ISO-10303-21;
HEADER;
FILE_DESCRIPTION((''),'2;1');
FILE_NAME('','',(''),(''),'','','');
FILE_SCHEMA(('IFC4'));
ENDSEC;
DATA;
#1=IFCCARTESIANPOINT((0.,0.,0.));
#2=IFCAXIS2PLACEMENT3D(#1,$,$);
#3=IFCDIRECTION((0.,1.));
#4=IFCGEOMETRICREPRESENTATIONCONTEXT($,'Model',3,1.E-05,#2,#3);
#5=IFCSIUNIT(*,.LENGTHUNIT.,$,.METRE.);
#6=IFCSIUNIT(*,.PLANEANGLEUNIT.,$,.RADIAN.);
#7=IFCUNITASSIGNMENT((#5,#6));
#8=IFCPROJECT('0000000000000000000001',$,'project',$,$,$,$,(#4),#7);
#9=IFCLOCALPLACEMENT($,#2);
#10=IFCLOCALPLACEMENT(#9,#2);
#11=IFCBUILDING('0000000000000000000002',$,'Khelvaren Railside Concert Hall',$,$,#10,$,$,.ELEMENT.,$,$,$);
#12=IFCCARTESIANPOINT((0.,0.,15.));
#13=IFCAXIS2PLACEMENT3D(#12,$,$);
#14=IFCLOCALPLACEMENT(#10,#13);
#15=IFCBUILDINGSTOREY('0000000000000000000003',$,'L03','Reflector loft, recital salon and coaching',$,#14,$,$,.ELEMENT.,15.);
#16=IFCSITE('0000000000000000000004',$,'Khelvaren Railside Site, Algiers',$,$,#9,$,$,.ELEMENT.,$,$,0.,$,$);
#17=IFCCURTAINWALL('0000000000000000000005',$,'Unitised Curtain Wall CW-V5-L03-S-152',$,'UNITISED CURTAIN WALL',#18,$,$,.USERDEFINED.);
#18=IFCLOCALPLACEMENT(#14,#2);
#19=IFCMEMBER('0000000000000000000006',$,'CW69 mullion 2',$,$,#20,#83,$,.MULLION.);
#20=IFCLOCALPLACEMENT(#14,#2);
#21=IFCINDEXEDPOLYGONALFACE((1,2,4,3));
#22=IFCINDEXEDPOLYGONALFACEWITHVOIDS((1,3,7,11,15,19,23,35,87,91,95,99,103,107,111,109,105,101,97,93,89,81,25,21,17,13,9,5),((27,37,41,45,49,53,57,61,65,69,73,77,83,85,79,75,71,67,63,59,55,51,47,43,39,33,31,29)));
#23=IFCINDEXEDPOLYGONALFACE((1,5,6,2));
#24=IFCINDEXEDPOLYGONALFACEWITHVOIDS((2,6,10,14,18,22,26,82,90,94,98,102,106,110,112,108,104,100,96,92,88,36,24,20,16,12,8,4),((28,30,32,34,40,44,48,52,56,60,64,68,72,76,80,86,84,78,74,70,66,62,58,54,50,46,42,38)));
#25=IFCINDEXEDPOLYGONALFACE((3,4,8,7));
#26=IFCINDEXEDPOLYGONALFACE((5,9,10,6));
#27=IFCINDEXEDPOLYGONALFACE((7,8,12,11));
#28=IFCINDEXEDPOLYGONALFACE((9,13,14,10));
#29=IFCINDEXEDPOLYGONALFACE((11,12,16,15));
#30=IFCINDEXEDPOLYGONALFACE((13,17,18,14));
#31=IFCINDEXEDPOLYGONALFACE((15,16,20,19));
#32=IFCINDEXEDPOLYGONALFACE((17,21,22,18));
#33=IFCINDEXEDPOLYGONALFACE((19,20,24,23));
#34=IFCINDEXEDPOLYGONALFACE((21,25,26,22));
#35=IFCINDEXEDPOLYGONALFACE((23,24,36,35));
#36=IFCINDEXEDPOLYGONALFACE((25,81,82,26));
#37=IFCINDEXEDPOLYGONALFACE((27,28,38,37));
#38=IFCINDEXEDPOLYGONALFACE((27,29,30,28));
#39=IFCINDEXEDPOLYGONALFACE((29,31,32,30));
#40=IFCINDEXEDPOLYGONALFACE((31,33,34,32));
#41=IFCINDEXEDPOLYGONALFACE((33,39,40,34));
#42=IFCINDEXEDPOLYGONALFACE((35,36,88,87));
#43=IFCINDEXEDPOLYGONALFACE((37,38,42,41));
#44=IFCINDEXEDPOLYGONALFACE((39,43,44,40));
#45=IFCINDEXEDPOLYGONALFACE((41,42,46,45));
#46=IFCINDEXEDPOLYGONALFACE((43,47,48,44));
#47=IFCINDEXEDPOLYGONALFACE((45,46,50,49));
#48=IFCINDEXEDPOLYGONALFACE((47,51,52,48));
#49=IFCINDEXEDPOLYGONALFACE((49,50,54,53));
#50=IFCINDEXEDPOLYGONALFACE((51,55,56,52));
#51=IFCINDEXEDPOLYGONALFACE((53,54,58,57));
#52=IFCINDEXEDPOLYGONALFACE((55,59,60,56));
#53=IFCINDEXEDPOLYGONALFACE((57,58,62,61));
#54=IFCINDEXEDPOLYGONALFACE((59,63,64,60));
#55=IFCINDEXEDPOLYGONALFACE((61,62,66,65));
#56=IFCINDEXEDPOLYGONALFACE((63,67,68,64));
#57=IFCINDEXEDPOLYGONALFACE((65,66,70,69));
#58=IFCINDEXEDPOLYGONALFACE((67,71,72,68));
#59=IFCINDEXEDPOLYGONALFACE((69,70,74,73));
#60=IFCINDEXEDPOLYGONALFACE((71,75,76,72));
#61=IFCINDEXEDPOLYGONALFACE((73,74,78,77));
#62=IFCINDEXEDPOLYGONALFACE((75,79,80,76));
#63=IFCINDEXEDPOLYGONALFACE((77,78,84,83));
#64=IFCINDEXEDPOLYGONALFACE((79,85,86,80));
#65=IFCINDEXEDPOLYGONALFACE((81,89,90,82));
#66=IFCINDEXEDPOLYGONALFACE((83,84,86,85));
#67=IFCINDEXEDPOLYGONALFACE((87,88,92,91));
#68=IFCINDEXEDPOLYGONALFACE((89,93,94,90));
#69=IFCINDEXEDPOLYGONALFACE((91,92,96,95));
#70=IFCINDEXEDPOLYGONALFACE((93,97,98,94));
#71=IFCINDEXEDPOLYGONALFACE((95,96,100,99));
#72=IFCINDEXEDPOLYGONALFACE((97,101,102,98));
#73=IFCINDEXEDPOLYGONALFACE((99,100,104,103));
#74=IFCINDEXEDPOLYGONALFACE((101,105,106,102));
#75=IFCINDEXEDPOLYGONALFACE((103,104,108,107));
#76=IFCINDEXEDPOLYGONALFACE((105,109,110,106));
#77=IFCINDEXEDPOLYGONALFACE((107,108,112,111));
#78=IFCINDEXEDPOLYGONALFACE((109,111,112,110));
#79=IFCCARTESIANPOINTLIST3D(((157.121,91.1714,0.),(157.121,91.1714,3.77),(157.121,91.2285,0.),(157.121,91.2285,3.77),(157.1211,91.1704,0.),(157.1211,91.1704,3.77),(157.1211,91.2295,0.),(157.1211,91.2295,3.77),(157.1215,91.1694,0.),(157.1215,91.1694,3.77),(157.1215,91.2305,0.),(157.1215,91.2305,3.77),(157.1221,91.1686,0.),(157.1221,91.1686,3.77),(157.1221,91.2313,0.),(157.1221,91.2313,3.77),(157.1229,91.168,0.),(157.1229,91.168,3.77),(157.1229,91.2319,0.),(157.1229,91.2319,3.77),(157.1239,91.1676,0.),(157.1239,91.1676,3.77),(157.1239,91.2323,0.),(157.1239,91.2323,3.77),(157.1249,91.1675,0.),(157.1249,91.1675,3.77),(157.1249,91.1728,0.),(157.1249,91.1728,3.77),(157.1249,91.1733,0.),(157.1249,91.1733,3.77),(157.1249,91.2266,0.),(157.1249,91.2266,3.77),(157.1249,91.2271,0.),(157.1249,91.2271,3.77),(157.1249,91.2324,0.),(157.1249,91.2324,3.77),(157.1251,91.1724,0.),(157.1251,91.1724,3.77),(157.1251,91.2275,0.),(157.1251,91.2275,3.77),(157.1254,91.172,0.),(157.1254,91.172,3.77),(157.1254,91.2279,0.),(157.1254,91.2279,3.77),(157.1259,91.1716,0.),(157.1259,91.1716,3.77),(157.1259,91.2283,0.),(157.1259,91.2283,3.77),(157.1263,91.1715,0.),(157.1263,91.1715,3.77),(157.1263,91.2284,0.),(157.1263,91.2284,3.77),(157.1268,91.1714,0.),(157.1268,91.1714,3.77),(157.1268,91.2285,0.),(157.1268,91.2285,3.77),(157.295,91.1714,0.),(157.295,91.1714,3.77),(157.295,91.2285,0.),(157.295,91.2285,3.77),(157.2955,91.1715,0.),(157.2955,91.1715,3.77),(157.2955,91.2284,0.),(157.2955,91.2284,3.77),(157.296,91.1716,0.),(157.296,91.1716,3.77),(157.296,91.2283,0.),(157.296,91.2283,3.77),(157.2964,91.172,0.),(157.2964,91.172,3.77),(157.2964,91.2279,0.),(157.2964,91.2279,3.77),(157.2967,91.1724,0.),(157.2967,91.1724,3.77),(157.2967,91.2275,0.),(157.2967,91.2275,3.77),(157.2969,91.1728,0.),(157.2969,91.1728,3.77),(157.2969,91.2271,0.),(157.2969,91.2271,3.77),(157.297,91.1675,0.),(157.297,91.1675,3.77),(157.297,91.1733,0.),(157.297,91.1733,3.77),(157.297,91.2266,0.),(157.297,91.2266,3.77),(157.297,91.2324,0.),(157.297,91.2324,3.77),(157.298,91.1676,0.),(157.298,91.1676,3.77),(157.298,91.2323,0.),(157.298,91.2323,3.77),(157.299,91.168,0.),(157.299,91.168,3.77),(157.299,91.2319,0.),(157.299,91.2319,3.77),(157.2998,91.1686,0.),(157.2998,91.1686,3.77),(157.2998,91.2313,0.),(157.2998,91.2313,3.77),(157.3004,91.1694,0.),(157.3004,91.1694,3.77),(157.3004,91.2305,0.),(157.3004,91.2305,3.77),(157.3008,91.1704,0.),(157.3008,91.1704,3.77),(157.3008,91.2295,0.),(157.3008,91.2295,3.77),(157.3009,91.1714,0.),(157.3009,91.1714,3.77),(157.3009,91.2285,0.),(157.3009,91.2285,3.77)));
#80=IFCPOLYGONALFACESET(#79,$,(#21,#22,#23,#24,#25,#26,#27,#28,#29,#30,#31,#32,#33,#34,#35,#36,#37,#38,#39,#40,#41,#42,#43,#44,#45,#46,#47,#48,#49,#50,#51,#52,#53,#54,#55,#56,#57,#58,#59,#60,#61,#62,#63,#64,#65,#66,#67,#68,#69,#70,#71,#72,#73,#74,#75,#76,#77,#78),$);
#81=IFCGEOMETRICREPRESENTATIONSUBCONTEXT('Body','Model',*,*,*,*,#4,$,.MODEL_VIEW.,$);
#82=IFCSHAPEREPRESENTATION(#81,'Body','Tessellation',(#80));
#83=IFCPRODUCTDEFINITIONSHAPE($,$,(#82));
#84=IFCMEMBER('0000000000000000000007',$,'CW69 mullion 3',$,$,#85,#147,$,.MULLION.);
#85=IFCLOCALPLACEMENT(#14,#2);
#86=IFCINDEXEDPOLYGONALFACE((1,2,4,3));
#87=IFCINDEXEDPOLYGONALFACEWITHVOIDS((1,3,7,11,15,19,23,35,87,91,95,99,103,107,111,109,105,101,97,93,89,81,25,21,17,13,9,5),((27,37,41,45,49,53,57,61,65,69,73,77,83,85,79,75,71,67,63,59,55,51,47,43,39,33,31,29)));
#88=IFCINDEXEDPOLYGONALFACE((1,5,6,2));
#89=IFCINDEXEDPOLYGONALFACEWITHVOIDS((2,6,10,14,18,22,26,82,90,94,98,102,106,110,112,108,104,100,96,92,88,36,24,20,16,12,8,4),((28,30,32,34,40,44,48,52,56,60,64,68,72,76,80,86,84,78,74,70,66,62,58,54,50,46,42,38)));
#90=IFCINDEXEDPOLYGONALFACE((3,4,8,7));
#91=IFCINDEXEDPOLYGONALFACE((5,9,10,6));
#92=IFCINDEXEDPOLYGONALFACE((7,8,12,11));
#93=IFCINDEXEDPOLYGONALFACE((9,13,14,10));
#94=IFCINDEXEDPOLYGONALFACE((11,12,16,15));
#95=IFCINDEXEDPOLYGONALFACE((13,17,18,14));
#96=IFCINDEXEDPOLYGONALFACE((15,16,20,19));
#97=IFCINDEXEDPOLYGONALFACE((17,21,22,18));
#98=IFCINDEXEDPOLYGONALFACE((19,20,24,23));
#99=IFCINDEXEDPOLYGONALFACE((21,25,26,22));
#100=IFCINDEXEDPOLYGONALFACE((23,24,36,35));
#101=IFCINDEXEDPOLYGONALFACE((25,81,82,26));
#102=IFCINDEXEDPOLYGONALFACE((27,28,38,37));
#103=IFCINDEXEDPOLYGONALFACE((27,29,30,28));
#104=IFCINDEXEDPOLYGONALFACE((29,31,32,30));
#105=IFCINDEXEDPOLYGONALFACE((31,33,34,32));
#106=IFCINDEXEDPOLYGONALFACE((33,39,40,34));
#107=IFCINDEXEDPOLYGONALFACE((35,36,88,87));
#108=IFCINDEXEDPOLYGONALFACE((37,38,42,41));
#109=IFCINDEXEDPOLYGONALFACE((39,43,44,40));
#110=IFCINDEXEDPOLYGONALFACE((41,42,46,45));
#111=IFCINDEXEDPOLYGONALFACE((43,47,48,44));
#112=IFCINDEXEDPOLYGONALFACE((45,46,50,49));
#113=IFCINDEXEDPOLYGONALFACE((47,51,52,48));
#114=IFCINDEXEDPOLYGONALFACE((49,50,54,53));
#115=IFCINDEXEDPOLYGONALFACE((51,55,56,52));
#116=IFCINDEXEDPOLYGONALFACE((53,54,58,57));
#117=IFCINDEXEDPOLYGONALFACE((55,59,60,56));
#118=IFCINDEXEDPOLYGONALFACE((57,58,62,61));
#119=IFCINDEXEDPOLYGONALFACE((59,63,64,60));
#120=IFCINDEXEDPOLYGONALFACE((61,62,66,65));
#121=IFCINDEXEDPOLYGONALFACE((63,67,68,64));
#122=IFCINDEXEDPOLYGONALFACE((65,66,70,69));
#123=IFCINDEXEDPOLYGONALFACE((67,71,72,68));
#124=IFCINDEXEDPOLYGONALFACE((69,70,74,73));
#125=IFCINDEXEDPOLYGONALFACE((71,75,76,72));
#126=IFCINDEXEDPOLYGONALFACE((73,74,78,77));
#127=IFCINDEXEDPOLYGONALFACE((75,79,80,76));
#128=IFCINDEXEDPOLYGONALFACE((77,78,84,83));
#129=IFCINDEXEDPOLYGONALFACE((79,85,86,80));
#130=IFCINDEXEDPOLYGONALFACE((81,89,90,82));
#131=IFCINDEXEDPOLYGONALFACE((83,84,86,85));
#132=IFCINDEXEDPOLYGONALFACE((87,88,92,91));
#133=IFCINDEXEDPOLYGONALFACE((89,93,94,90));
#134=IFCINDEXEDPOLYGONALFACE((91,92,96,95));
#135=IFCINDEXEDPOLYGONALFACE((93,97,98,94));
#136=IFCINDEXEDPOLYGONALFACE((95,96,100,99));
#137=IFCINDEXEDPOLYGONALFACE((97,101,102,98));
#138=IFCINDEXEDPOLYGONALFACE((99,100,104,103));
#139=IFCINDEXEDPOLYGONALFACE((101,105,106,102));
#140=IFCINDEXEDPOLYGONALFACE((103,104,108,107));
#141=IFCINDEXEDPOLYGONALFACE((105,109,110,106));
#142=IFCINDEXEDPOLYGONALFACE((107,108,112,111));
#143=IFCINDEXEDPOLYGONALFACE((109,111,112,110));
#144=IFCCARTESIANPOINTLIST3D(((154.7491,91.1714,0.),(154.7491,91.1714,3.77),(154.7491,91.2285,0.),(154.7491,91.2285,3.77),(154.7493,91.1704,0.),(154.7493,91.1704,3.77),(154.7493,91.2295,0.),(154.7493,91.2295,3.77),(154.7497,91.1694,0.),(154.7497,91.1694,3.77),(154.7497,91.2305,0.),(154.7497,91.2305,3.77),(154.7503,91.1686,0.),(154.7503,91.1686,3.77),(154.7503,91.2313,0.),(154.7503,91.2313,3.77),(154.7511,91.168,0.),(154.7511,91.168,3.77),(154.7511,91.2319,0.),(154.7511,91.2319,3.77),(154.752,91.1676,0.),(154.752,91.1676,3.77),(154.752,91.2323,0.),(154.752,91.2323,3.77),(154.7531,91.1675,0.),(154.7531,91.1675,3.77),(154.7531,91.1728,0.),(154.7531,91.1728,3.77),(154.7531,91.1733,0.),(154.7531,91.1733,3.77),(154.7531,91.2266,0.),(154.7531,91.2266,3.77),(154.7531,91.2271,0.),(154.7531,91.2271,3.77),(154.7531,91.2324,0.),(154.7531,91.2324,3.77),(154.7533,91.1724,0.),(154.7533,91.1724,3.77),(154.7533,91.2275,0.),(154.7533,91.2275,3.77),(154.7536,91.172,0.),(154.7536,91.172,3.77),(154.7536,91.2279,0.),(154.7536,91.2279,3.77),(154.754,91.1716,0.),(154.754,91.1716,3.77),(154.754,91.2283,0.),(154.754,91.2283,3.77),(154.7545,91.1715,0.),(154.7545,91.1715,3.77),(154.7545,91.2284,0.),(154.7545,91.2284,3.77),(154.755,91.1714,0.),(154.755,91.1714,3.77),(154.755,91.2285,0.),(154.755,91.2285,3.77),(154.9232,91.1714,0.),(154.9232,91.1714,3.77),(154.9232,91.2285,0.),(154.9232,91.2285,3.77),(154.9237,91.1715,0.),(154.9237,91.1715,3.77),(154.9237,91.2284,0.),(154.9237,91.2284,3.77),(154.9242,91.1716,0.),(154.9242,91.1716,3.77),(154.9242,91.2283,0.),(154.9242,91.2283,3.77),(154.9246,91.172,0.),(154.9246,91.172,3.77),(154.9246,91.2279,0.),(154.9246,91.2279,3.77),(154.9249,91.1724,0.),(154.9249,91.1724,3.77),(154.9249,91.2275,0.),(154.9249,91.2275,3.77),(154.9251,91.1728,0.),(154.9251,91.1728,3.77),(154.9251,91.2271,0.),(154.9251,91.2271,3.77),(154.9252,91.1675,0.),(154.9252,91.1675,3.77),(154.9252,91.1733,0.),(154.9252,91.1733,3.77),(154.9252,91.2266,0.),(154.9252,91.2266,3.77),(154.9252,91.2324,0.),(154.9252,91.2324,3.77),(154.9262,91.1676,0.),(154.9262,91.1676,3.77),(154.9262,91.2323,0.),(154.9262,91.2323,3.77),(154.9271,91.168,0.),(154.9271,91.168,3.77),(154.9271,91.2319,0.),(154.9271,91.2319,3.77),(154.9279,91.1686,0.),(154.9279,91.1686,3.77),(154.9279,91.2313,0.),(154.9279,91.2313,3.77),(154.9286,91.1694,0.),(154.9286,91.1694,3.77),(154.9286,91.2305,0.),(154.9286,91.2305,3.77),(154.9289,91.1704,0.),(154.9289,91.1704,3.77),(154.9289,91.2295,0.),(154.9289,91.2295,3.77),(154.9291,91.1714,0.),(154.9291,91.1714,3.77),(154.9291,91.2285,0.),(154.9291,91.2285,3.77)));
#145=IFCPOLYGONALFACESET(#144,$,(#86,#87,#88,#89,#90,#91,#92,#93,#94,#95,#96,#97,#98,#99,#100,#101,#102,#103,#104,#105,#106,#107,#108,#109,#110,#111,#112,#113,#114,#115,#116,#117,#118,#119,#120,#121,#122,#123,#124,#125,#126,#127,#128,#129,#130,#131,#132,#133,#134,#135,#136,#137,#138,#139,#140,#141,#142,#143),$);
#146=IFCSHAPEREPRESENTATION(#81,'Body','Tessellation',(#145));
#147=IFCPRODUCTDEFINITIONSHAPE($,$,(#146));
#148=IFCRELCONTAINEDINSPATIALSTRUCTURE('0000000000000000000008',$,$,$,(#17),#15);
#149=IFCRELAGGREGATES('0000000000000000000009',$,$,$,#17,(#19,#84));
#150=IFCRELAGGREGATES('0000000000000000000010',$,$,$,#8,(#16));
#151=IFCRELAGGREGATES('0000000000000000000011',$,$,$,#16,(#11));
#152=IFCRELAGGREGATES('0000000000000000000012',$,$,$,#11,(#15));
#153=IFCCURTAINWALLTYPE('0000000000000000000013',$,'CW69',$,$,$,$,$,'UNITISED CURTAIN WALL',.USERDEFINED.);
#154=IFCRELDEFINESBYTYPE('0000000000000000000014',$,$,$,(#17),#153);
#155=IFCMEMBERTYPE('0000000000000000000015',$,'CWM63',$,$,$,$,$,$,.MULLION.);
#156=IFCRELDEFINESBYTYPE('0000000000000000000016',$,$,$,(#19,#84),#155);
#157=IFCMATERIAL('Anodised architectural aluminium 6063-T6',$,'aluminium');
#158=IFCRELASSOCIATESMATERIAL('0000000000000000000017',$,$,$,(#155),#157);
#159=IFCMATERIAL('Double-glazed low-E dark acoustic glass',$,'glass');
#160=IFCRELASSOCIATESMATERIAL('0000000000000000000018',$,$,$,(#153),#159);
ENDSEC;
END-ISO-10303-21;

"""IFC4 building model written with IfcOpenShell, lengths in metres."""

from ifc_helpers import new_model, si_unit, direction, frame, origin, origin_2d, place, context, subcontext, project, spatial, hollow_rectangle, extrude, material, material_profile, profile_set, type_object, element, aggregate, save


model = new_model("IFC4")

# Units and contexts
model_context = context("Model", 3, precision=1e-05, world=origin(), true_north=direction((0.0, 1.0)))
body_context = subcontext(model_context, "Body", "Model", "MODEL_VIEW")
ifc_project = project(units=[si_unit("LENGTHUNIT", "METRE"), si_unit("PLANEANGLEUNIT", "RADIAN")], contexts=[model_context])

# Site, building, storey
site_placement = place(None, origin())
site = spatial("IfcSite", under=ifc_project, at=site_placement, Name="Khelvaren Railside Site, Algiers", CompositionType="ELEMENT", RefElevation=0.0)
building_placement = place(site_placement, origin())
building = spatial("IfcBuilding", under=site, at=building_placement, Name="Khelvaren Railside Concert Hall", CompositionType="ELEMENT")
storey_placement = place(building_placement, frame((0.0, 0.0, 15.0)))
storey = spatial("IfcBuildingStorey", under=building, at=storey_placement, Name="L03", Description="Reflector loft, recital salon and coaching", CompositionType="ELEMENT", Elevation=15.0)

# Shared definitions
ifc_material_1 = material(Name="Double-glazed low-E dark acoustic glass", Category="glass")
ifc_material_2 = material(Name="Anodised architectural aluminium 6063-T6", Category="aluminium")
ifc_material_profile_1 = material_profile(ifc_material_2, hollow_rectangle(XDim=0.0649, YDim=0.1799, WallThickness=0.0039, InnerFilletRadius=0.002, OuterFilletRadius=0.0039, at=origin_2d()), Name="CWM 65x180x4")
ifc_profile_set_1 = profile_set([ifc_material_profile_1], Name="Anodised architectural aluminium 6063-T6")
member_type_1 = type_object("IfcMemberType", Name="CWM63", PredefinedType="MULLION", material=ifc_profile_set_1)

# Curtain wall, members
curtain_wall_type_1 = type_object("IfcCurtainWallType", Name="CW69", ElementType="UNITISED CURTAIN WALL", PredefinedType="USERDEFINED", material=ifc_material_1)
curtain_wall_1_placement = place(storey_placement, origin())
curtain_wall_1 = element("IfcCurtainWall", 1, at=curtain_wall_1_placement, inside=storey, type_object=curtain_wall_type_1, Name="Unitised Curtain Wall CW-V5-L03-S-152", ObjectType="UNITISED CURTAIN WALL", PredefinedType="USERDEFINED")
member_1_placement = place(storey_placement, frame((157.2109, 91.2, 0.0), z_axis=(0.0, 0.0, 1.0), x_axis=(0.0, -1.0, 0.0)))
member_1 = element("IfcMember", 2, at=member_1_placement, type_object=member_type_1, Name="CW69 mullion 2", PredefinedType="MULLION", context=body_context, shape_type="SweptSolid", body=[
    extrude(hollow_rectangle(XDim=0.0649, YDim=0.1799, WallThickness=0.0039, InnerFilletRadius=0.002, OuterFilletRadius=0.0039, at=origin_2d()), origin(), (0.0, 0.0, 1.0), 3.77),
])
member_2_placement = place(storey_placement, frame((154.8391, 91.2, 0.0), z_axis=(0.0, 0.0, 1.0), x_axis=(0.0, -1.0, 0.0)))
member_2 = element("IfcMember", 3, at=member_2_placement, type_object=member_type_1, Name="CW69 mullion 3", PredefinedType="MULLION", context=body_context, shape_type="SweptSolid", body=[
    extrude(hollow_rectangle(XDim=0.0649, YDim=0.1799, WallThickness=0.0039, InnerFilletRadius=0.002, OuterFilletRadius=0.0039, at=origin_2d()), origin(), (0.0, 0.0, 1.0), 3.77),
])

aggregate(curtain_wall_1, [member_1, member_2])

save(model, "model.ifc")
